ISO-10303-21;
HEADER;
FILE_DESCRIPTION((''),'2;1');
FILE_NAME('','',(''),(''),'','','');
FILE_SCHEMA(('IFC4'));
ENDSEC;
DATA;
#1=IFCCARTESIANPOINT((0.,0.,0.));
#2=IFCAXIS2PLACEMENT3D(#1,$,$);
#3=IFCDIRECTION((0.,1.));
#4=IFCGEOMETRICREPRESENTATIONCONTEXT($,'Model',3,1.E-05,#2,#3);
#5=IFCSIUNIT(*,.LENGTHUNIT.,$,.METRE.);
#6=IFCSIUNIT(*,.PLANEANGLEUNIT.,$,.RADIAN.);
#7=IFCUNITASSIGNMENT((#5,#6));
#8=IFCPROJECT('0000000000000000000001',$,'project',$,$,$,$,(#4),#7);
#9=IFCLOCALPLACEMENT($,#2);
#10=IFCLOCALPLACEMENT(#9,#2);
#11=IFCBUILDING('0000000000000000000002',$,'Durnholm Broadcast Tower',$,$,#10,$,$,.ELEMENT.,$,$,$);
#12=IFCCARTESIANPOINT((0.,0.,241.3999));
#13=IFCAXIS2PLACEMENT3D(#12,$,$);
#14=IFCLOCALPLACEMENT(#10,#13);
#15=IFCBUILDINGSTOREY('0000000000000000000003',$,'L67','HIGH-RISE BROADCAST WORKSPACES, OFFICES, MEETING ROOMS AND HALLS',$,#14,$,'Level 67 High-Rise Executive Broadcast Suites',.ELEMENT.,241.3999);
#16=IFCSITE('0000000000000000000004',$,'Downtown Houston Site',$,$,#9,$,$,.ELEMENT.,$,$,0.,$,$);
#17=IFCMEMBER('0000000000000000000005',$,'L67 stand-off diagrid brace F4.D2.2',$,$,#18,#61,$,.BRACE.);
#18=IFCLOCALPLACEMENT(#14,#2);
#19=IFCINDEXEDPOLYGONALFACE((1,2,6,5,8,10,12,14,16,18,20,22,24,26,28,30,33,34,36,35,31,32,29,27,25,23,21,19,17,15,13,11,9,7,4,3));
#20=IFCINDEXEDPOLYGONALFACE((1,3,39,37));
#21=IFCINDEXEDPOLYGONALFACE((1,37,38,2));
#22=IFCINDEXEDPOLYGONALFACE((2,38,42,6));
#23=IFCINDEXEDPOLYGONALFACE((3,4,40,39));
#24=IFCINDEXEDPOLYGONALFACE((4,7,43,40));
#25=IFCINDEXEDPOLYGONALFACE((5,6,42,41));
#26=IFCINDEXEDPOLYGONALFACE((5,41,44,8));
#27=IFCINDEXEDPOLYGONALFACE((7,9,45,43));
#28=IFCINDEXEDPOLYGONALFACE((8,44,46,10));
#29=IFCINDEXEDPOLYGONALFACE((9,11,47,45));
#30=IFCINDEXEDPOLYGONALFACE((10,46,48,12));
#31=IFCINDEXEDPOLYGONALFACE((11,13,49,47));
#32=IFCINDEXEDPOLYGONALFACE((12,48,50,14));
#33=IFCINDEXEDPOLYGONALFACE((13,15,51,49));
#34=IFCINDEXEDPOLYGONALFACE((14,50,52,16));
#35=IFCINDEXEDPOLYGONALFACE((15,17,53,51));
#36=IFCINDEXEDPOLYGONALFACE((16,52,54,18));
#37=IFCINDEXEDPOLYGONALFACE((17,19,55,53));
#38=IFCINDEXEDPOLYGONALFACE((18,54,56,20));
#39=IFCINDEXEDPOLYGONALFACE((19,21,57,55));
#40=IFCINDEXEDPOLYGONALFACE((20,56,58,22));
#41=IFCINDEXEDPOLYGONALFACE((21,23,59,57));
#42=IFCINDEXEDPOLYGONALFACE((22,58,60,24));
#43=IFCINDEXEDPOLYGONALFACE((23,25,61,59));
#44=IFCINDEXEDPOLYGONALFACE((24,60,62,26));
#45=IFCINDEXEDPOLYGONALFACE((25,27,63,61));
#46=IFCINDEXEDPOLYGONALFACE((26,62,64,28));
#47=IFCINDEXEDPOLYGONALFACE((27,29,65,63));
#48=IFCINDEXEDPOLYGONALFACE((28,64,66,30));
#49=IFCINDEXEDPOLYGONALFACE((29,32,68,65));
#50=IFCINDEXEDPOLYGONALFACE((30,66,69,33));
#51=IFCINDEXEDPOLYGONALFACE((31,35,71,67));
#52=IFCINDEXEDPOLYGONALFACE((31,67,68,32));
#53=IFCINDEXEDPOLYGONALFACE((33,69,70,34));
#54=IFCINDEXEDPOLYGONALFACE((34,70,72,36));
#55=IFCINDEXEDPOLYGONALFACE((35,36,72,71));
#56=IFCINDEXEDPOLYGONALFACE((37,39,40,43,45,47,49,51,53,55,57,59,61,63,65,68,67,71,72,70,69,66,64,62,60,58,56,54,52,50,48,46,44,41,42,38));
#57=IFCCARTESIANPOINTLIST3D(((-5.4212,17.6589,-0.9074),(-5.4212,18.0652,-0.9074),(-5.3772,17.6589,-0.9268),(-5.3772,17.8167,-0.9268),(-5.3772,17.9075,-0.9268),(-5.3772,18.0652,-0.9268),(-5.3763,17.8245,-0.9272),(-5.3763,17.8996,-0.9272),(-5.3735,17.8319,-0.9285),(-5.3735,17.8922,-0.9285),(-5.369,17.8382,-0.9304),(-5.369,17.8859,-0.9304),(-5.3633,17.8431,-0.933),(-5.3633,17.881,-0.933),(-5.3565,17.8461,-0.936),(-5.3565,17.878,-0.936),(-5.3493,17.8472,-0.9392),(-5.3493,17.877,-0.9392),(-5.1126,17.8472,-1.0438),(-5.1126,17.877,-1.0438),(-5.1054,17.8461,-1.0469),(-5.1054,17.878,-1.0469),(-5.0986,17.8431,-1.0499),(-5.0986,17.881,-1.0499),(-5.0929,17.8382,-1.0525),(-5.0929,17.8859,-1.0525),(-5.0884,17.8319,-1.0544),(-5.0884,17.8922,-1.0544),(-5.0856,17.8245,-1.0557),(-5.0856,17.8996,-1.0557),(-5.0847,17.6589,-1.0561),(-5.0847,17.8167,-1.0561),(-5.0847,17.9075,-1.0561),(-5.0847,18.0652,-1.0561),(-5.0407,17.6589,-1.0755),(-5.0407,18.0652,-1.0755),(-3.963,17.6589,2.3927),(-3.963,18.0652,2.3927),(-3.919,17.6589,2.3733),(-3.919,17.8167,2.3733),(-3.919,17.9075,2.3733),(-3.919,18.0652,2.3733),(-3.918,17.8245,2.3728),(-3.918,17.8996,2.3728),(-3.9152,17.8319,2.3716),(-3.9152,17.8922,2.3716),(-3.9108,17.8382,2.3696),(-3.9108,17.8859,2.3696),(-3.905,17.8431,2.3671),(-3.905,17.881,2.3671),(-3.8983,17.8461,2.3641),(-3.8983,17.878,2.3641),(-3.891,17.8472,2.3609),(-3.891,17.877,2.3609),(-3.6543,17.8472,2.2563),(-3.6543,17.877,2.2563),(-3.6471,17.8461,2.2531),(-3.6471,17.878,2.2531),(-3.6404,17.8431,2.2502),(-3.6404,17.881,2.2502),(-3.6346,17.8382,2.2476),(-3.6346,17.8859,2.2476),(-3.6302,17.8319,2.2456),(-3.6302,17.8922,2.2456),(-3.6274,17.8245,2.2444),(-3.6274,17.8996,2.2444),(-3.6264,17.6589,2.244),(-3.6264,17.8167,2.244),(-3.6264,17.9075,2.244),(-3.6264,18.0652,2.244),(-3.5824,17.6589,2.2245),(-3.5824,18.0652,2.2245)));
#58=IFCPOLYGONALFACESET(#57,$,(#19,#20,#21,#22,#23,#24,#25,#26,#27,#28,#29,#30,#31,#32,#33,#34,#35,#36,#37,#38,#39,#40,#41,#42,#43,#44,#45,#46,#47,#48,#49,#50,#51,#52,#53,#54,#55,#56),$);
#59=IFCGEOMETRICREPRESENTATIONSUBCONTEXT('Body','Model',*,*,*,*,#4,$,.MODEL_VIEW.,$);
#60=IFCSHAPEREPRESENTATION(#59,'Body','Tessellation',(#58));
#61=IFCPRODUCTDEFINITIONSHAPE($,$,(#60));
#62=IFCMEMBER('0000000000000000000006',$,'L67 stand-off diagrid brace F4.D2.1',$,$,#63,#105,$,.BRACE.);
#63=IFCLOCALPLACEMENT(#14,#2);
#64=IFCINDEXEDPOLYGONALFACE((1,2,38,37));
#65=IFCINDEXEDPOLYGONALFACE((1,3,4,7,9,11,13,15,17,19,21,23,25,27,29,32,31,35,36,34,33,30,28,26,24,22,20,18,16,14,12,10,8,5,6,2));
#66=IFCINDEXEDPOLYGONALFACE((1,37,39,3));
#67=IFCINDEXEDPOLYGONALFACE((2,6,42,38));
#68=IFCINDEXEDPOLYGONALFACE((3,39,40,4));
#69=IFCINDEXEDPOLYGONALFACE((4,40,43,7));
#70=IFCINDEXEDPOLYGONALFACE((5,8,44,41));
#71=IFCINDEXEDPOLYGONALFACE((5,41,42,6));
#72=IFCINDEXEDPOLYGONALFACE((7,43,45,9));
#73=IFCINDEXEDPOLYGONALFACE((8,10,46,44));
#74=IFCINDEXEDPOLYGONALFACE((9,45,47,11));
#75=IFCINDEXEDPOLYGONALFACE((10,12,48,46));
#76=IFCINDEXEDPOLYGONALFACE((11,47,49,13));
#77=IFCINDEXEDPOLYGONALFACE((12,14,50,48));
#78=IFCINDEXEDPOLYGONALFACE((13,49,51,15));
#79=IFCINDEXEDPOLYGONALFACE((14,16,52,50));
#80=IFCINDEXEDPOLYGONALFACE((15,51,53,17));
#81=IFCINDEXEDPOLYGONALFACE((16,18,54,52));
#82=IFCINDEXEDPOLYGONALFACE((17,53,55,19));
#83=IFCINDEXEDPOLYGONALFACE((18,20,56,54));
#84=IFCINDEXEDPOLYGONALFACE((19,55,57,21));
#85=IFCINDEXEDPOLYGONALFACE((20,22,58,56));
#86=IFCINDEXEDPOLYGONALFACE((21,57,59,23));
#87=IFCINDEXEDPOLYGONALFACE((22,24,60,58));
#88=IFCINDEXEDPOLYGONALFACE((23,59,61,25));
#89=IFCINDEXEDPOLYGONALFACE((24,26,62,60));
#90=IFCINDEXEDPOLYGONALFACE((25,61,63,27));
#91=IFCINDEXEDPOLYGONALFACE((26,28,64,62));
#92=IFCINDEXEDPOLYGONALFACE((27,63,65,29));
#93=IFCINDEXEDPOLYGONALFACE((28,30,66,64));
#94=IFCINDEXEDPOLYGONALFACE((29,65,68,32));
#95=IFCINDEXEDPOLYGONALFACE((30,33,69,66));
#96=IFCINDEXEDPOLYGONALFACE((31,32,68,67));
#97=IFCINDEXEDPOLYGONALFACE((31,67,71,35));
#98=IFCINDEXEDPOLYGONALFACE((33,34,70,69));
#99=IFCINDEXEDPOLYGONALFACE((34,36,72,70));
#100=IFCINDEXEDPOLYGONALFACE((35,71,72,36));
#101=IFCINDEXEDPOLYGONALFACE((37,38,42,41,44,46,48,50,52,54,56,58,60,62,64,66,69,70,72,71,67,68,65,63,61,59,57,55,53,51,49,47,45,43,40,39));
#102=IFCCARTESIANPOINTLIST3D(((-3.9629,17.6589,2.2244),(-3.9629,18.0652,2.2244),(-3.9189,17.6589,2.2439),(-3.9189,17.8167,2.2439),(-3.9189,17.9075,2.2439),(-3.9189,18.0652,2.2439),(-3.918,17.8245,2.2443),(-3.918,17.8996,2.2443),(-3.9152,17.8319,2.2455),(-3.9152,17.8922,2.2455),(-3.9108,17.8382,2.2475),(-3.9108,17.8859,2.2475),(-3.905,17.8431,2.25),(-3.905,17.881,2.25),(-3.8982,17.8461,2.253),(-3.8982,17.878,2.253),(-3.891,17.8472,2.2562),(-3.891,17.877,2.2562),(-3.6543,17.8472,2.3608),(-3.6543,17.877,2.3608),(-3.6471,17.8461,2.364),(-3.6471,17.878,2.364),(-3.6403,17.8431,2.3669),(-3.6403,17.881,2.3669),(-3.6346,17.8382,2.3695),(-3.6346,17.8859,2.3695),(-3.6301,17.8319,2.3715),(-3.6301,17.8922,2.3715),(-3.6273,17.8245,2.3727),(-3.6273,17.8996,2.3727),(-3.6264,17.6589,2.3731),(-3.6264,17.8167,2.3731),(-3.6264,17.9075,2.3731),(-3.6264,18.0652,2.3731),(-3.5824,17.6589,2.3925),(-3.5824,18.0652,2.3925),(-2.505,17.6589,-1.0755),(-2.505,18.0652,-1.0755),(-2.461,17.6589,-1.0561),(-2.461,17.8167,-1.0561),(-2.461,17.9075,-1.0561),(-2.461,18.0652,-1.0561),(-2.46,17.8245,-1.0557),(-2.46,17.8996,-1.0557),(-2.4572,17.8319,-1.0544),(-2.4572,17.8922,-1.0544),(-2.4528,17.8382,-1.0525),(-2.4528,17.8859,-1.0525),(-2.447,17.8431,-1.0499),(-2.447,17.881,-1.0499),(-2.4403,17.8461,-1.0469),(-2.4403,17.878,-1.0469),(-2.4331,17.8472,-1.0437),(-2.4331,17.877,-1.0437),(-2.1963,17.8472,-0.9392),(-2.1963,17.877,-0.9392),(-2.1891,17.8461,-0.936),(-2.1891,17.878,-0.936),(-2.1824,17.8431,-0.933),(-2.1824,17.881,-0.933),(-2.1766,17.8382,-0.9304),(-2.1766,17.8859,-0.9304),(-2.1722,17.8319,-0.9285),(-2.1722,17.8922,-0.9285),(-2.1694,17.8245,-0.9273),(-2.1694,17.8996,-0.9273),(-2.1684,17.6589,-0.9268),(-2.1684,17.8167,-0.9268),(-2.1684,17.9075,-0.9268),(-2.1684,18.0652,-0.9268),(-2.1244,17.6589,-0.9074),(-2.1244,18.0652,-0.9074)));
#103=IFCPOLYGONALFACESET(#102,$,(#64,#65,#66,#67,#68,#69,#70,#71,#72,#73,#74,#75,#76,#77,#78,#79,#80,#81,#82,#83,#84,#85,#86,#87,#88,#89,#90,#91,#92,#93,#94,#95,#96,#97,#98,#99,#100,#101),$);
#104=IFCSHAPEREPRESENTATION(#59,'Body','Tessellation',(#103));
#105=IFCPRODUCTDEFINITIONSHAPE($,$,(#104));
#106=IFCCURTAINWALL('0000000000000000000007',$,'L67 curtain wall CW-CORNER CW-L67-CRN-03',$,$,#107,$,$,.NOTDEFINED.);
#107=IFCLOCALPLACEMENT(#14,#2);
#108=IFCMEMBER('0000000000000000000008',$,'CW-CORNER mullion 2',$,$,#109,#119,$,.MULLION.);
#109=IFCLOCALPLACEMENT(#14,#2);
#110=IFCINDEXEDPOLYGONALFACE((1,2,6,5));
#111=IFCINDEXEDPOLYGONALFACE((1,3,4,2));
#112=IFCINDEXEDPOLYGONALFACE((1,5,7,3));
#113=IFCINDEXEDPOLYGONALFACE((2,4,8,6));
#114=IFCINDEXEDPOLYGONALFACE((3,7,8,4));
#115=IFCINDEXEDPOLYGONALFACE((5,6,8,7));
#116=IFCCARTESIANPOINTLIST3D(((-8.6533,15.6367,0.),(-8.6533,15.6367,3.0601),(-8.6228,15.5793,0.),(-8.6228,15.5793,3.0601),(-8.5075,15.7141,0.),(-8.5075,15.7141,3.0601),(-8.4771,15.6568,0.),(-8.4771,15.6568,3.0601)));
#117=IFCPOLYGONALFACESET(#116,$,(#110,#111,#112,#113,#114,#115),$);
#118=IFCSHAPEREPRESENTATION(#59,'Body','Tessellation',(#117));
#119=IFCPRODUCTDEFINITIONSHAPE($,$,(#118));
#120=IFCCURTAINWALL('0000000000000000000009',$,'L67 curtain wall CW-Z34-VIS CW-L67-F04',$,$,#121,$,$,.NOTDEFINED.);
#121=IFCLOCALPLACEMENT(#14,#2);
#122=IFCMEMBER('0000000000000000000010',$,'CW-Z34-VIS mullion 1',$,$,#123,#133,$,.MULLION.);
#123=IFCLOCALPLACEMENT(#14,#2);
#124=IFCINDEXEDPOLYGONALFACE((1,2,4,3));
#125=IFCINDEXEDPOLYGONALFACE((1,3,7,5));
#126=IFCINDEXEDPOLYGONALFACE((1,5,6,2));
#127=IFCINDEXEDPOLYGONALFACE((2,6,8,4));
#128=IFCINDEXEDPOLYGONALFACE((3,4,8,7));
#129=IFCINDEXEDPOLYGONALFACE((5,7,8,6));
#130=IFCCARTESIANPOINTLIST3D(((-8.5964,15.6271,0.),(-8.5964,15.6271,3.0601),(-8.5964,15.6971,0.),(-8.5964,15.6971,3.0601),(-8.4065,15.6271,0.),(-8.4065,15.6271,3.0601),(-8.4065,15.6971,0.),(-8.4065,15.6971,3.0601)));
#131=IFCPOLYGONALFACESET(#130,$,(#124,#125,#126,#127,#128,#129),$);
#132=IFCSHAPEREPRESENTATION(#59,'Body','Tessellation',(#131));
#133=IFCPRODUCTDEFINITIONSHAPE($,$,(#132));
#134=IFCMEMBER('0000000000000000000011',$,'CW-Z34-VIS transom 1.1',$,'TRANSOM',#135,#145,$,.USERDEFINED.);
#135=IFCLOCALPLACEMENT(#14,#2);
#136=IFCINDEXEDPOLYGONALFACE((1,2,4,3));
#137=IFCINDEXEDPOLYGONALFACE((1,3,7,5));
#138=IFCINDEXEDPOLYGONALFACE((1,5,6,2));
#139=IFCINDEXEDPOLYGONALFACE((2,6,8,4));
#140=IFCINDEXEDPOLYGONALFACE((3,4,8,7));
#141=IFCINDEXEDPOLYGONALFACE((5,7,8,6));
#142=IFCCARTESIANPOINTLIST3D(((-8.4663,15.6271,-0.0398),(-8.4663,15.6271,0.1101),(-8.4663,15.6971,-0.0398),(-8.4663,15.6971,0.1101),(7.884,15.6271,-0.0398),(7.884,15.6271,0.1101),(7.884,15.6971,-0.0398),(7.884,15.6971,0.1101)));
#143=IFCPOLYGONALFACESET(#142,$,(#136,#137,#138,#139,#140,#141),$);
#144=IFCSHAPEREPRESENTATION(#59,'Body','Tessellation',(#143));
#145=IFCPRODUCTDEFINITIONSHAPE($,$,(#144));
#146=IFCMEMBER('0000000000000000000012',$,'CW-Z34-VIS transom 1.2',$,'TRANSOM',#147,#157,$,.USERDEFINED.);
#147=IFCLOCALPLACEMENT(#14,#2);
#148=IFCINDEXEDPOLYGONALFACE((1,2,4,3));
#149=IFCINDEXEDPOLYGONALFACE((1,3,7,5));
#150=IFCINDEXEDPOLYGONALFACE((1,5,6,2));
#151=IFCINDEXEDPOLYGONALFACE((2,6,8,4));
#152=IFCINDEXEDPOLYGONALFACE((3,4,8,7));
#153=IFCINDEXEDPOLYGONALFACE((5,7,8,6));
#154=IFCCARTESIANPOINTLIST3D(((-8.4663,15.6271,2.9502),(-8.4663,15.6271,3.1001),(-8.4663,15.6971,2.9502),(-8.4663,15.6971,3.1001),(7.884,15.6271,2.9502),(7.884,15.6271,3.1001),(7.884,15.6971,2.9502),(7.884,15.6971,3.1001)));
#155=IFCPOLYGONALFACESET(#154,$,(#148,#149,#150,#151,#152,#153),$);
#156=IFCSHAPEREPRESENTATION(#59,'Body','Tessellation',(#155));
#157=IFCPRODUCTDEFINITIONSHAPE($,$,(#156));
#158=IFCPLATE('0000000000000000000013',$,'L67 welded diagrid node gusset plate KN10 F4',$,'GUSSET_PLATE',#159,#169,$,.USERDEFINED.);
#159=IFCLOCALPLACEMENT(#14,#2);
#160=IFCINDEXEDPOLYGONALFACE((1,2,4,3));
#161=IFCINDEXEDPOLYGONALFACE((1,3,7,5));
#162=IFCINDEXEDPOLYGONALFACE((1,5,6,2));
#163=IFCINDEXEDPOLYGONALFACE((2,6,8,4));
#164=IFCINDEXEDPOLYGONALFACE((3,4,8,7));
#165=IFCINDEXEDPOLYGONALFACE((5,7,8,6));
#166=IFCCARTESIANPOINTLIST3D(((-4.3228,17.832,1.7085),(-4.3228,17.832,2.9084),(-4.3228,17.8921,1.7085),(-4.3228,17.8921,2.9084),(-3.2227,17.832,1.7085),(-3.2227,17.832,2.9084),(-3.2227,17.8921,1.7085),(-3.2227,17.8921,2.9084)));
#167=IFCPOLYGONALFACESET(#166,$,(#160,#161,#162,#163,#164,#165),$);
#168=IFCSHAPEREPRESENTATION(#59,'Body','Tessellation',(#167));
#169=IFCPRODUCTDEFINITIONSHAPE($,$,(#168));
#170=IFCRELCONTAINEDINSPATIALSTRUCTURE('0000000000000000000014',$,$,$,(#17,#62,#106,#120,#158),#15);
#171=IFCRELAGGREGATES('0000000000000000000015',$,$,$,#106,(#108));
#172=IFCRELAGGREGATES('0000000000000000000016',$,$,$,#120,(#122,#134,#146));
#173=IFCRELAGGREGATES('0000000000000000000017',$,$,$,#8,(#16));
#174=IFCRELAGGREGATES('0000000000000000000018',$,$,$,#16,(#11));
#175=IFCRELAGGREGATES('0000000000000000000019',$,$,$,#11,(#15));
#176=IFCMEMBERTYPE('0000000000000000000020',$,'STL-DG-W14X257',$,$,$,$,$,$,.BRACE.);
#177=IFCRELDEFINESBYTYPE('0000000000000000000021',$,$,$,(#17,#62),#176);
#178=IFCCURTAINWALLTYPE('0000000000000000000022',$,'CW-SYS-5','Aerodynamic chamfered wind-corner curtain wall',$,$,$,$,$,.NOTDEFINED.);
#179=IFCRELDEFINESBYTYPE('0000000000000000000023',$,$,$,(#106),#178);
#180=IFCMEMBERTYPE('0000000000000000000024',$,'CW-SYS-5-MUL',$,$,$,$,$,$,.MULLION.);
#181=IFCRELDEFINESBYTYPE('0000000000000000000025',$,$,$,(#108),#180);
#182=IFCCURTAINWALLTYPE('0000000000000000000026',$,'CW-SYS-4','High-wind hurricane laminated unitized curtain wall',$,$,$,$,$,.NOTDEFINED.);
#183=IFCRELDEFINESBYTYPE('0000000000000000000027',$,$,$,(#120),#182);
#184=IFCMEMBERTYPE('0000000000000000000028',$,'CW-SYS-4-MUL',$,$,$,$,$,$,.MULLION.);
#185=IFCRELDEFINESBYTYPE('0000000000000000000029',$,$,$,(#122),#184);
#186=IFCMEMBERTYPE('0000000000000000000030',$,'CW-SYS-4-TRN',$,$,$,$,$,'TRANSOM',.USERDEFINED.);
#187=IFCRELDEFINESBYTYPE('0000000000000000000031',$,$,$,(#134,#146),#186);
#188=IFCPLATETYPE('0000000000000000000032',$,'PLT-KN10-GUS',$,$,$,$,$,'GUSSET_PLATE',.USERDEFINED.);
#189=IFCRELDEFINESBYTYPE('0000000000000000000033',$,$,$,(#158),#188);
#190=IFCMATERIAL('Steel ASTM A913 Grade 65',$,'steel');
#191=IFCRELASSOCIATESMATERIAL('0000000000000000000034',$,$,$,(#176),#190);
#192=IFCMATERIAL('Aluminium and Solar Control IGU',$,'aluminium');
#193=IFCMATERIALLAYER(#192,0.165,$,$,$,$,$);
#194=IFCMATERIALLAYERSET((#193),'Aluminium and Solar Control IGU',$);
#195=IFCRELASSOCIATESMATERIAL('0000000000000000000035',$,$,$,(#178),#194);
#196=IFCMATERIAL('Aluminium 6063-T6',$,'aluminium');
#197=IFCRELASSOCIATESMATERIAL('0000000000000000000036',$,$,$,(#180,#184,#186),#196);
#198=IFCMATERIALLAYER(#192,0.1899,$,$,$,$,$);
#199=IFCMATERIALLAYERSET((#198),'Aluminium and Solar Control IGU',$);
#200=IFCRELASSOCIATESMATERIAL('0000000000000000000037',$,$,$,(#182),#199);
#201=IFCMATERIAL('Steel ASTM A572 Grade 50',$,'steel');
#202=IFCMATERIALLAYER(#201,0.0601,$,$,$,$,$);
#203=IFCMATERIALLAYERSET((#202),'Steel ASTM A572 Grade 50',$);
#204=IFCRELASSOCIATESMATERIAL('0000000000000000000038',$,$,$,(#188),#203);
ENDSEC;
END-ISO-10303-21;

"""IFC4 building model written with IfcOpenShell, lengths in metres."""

from ifc_helpers import new_model, si_unit, direction, frame, origin, origin_2d, place, context, subcontext, project, spatial, rectangle, i_section, extrude, source, transform, mapped, material, layer, layer_set, material_profile, profile_set, type_object, type_shapes, element, aggregate, save


model = new_model("IFC4")

# Units and contexts
model_context = context("Model", 3, precision=1e-05, world=origin(), true_north=direction((0.0, 1.0)))
body_context = subcontext(model_context, "Body", "Model", "MODEL_VIEW")
ifc_project = project(units=[si_unit("LENGTHUNIT", "METRE"), si_unit("PLANEANGLEUNIT", "RADIAN")], contexts=[model_context])

# Site, building, storey
site_placement = place(None, origin())
site = spatial("IfcSite", under=ifc_project, at=site_placement, Name="Downtown Houston Site", CompositionType="ELEMENT", RefElevation=0.0)
building_placement = place(site_placement, origin())
building = spatial("IfcBuilding", under=site, at=building_placement, Name="Durnholm Broadcast Tower", CompositionType="ELEMENT")
storey_placement = place(building_placement, frame((0.0, 0.0, 241.3999)))
storey = spatial("IfcBuildingStorey", under=building, at=storey_placement, Name="L67", Description="HIGH-RISE BROADCAST WORKSPACES, OFFICES, MEETING ROOMS AND HALLS", LongName="Level 67 High-Rise Executive Broadcast Suites", CompositionType="ELEMENT", Elevation=241.3999)

# Members
ifc_material_1 = material(Name="Steel ASTM A913 Grade 65", Category="steel")
ifc_material_profile_1 = material_profile(ifc_material_1, i_section(OverallWidth=0.4062, OverallDepth=0.416, WebThickness=0.0298, FlangeThickness=0.0481, FilletRadius=0.0305, at=origin_2d()), Name="W14X257")
ifc_profile_set_1 = profile_set([ifc_material_profile_1], Name="Steel ASTM A913 Grade 65")
member_type_1 = type_object("IfcMemberType", Name="STL-DG-W14X257", PredefinedType="BRACE", material=ifc_profile_set_1)
shared_shape_1 = source(origin(), body_context, "Body", "SweptSolid", [
    extrude(i_section(OverallWidth=0.4062, OverallDepth=0.416, WebThickness=0.0298, FlangeThickness=0.0481, FilletRadius=0.0305, at=origin_2d()), origin(), (0.0, 0.0, 1.0), 3.6079),
])
member_1_placement = place(storey_placement, frame((-5.231, 17.8621, -0.9915), z_axis=(0.404185, 0.0, 0.914677), x_axis=(0.0, 1.0, 0.0)))
element("IfcMember", 1, at=member_1_placement, inside=storey, type_object=member_type_1, Name="L67 stand-off diagrid brace F4.D2.2", PredefinedType="BRACE", context=body_context, shape_type="MappedRepresentation", body=[
    mapped(shared_shape_1, transform((0.0, 0.0, 0.0), x_axis=(1.0, 0.0, 0.0), y_axis=(0.0, 1.0, 0.0), z_axis=(0.0, 0.0, 1.0), scale=1.0)),
])
shared_shape_2 = source(origin(), body_context, "Body", "SweptSolid", [
    extrude(i_section(OverallWidth=0.4062, OverallDepth=0.416, WebThickness=0.0298, FlangeThickness=0.0481, FilletRadius=0.0305, at=origin_2d()), origin(), (0.0, 0.0, 1.0), 3.6077),
])
type_shapes(member_type_1, [shared_shape_1, shared_shape_2])
member_2_placement = place(storey_placement, frame((-2.3147, 17.8621, -0.9915), z_axis=(-0.404128, 0.0, 0.914702), x_axis=(0.0, -1.0, 0.0)))
element("IfcMember", 2, at=member_2_placement, inside=storey, type_object=member_type_1, Name="L67 stand-off diagrid brace F4.D2.1", PredefinedType="BRACE", context=body_context, shape_type="MappedRepresentation", body=[
    mapped(shared_shape_2, transform((0.0, 0.0, 0.0), x_axis=(1.0, 0.0, 0.0), y_axis=(0.0, 1.0, 0.0), z_axis=(0.0, 0.0, 1.0), scale=1.0)),
])

# Curtain wall, member
ifc_material_2 = material(Name="Aluminium and Solar Control IGU", Category="aluminium")
ifc_layer_1 = layer(ifc_material_2, 0.165)
ifc_layer_set_1 = layer_set([ifc_layer_1], Name="Aluminium and Solar Control IGU")
curtain_wall_type_1 = type_object("IfcCurtainWallType", Name="CW-SYS-5", Description="Aerodynamic chamfered wind-corner curtain wall", PredefinedType="NOTDEFINED", material=ifc_layer_set_1)
curtain_wall_1_placement = place(storey_placement, origin())
curtain_wall_1 = element("IfcCurtainWall", 3, at=curtain_wall_1_placement, inside=storey, type_object=curtain_wall_type_1, Name="L67 curtain wall CW-CORNER CW-L67-CRN-03", PredefinedType="NOTDEFINED")
ifc_material_3 = material(Name="Aluminium 6063-T6", Category="aluminium")
ifc_material_profile_2 = material_profile(ifc_material_3, rectangle(XDim=0.0649, YDim=0.165, at=origin_2d()), Name="CWM65X165")
ifc_profile_set_2 = profile_set([ifc_material_profile_2], Name="Aluminium 6063-T6")
member_type_2 = type_object("IfcMemberType", Name="CW-SYS-5-MUL", PredefinedType="MULLION", material=ifc_profile_set_2)
shared_shape_3 = source(origin(), body_context, "Body", "SweptSolid", [
    extrude(rectangle(XDim=0.0649, YDim=0.165, at=origin_2d()), origin(), (0.0, 0.0, 1.0), 3.0601),
])
type_shapes(member_type_2, [shared_shape_3])
member_3_placement = place(storey_placement, frame((-8.5652, 15.6467, 0.0), z_axis=(0.0, 0.0, 1.0), x_axis=(-0.469007, 0.883195, 0.0)))
member_3 = element("IfcMember", 4, at=member_3_placement, type_object=member_type_2, Name="CW-CORNER mullion 2", PredefinedType="MULLION", context=body_context, shape_type="MappedRepresentation", body=[
    mapped(shared_shape_3, transform((0.0, 0.0, 0.0), x_axis=(1.0, 0.0, 0.0), y_axis=(0.0, 1.0, 0.0), z_axis=(0.0, 0.0, 1.0), scale=1.0)),
])

# Curtain wall, members
ifc_layer_2 = layer(ifc_material_2, 0.1899)
ifc_layer_set_2 = layer_set([ifc_layer_2], Name="Aluminium and Solar Control IGU")
curtain_wall_type_2 = type_object("IfcCurtainWallType", Name="CW-SYS-4", Description="High-wind hurricane laminated unitized curtain wall", PredefinedType="NOTDEFINED", material=ifc_layer_set_2)
curtain_wall_2_placement = place(storey_placement, origin())
curtain_wall_2 = element("IfcCurtainWall", 5, at=curtain_wall_2_placement, inside=storey, type_object=curtain_wall_type_2, Name="L67 curtain wall CW-Z34-VIS CW-L67-F04", PredefinedType="NOTDEFINED")
ifc_material_profile_3 = material_profile(ifc_material_3, rectangle(XDim=0.0701, YDim=0.1899, at=origin_2d()), Name="CWM70X190")
ifc_profile_set_3 = profile_set([ifc_material_profile_3], Name="Aluminium 6063-T6")
member_type_3 = type_object("IfcMemberType", Name="CW-SYS-4-MUL", PredefinedType="MULLION", material=ifc_profile_set_3)
shared_shape_4 = source(origin(), body_context, "Body", "SweptSolid", [
    extrude(rectangle(XDim=0.0701, YDim=0.1899, at=origin_2d()), origin(), (0.0, 0.0, 1.0), 3.0601),
])
type_shapes(member_type_3, [shared_shape_4])
member_4_placement = place(storey_placement, frame((-8.5015, 15.6621, 0.0), z_axis=(0.0, 0.0, 1.0), x_axis=(0.0, 1.0, 0.0)))
member_4 = element("IfcMember", 6, at=member_4_placement, type_object=member_type_3, Name="CW-Z34-VIS mullion 1", PredefinedType="MULLION", context=body_context, shape_type="MappedRepresentation", body=[
    mapped(shared_shape_4, transform((0.0, 0.0, 0.0), x_axis=(1.0, 0.0, 0.0), y_axis=(0.0, 1.0, 0.0), z_axis=(0.0, 0.0, 1.0), scale=1.0)),
])
ifc_material_profile_4 = material_profile(ifc_material_3, rectangle(XDim=0.0701, YDim=0.1499, at=origin_2d()), Name="CWT70X150")
ifc_profile_set_4 = profile_set([ifc_material_profile_4], Name="Aluminium 6063-T6")
member_type_4 = type_object("IfcMemberType", Name="CW-SYS-4-TRN", ElementType="TRANSOM", PredefinedType="USERDEFINED", material=ifc_profile_set_4)
shared_shape_5 = source(origin(), body_context, "Body", "SweptSolid", [
    extrude(rectangle(XDim=0.0701, YDim=0.1499, at=origin_2d()), origin(), (0.0, 0.0, 1.0), 16.3503),
])
type_shapes(member_type_4, [shared_shape_5])
member_5_placement = place(storey_placement, frame((-8.4663, 15.6621, 0.0352), z_axis=(1.0, 0.0, 0.0), x_axis=(0.0, 1.0, 0.0)))
member_5 = element("IfcMember", 7, at=member_5_placement, type_object=member_type_4, Name="CW-Z34-VIS transom 1.1", ObjectType="TRANSOM", PredefinedType="USERDEFINED", context=body_context, shape_type="MappedRepresentation", body=[
    mapped(shared_shape_5, transform((0.0, 0.0, 0.0), x_axis=(1.0, 0.0, 0.0), y_axis=(0.0, 1.0, 0.0), z_axis=(0.0, 0.0, 1.0), scale=1.0)),
])
member_6_placement = place(storey_placement, frame((-8.4663, 15.6621, 3.0251), z_axis=(1.0, 0.0, 0.0), x_axis=(0.0, 1.0, 0.0)))
member_6 = element("IfcMember", 8, at=member_6_placement, type_object=member_type_4, Name="CW-Z34-VIS transom 1.2", ObjectType="TRANSOM", PredefinedType="USERDEFINED", context=body_context, shape_type="MappedRepresentation", body=[
    mapped(shared_shape_5, transform((0.0, 0.0, 0.0), x_axis=(1.0, 0.0, 0.0), y_axis=(0.0, 1.0, 0.0), z_axis=(0.0, 0.0, 1.0), scale=1.0)),
])

# Plate
ifc_material_4 = material(Name="Steel ASTM A572 Grade 50", Category="steel")
ifc_layer_3 = layer(ifc_material_4, 0.0601)
ifc_layer_set_3 = layer_set([ifc_layer_3], Name="Steel ASTM A572 Grade 50")
plate_type_1 = type_object("IfcPlateType", Name="PLT-KN10-GUS", ElementType="GUSSET_PLATE", PredefinedType="USERDEFINED", material=ifc_layer_set_3)
shared_shape_6 = source(origin(), body_context, "Body", "SweptSolid", [
    extrude(rectangle(XDim=1.1001, YDim=0.0601, at=origin_2d()), origin(), (0.0, 0.0, 1.0), 1.2),
])
type_shapes(plate_type_1, [shared_shape_6])
plate_1_placement = place(storey_placement, frame((-3.7727, 17.8621, 1.7085), z_axis=(0.0, 0.0, 1.0), x_axis=(-1.0, 0.0, 0.0)))
element("IfcPlate", 9, at=plate_1_placement, inside=storey, type_object=plate_type_1, Name="L67 welded diagrid node gusset plate KN10 F4", ObjectType="GUSSET_PLATE", PredefinedType="USERDEFINED", context=body_context, shape_type="MappedRepresentation", body=[
    mapped(shared_shape_6, transform((0.0, 0.0, 0.0), x_axis=(1.0, 0.0, 0.0), y_axis=(0.0, 1.0, 0.0), z_axis=(0.0, 0.0, 1.0), scale=1.0)),
])
aggregate(curtain_wall_1, [member_3])
aggregate(curtain_wall_2, [member_4, member_5, member_6])

save(model, "model.ifc")
